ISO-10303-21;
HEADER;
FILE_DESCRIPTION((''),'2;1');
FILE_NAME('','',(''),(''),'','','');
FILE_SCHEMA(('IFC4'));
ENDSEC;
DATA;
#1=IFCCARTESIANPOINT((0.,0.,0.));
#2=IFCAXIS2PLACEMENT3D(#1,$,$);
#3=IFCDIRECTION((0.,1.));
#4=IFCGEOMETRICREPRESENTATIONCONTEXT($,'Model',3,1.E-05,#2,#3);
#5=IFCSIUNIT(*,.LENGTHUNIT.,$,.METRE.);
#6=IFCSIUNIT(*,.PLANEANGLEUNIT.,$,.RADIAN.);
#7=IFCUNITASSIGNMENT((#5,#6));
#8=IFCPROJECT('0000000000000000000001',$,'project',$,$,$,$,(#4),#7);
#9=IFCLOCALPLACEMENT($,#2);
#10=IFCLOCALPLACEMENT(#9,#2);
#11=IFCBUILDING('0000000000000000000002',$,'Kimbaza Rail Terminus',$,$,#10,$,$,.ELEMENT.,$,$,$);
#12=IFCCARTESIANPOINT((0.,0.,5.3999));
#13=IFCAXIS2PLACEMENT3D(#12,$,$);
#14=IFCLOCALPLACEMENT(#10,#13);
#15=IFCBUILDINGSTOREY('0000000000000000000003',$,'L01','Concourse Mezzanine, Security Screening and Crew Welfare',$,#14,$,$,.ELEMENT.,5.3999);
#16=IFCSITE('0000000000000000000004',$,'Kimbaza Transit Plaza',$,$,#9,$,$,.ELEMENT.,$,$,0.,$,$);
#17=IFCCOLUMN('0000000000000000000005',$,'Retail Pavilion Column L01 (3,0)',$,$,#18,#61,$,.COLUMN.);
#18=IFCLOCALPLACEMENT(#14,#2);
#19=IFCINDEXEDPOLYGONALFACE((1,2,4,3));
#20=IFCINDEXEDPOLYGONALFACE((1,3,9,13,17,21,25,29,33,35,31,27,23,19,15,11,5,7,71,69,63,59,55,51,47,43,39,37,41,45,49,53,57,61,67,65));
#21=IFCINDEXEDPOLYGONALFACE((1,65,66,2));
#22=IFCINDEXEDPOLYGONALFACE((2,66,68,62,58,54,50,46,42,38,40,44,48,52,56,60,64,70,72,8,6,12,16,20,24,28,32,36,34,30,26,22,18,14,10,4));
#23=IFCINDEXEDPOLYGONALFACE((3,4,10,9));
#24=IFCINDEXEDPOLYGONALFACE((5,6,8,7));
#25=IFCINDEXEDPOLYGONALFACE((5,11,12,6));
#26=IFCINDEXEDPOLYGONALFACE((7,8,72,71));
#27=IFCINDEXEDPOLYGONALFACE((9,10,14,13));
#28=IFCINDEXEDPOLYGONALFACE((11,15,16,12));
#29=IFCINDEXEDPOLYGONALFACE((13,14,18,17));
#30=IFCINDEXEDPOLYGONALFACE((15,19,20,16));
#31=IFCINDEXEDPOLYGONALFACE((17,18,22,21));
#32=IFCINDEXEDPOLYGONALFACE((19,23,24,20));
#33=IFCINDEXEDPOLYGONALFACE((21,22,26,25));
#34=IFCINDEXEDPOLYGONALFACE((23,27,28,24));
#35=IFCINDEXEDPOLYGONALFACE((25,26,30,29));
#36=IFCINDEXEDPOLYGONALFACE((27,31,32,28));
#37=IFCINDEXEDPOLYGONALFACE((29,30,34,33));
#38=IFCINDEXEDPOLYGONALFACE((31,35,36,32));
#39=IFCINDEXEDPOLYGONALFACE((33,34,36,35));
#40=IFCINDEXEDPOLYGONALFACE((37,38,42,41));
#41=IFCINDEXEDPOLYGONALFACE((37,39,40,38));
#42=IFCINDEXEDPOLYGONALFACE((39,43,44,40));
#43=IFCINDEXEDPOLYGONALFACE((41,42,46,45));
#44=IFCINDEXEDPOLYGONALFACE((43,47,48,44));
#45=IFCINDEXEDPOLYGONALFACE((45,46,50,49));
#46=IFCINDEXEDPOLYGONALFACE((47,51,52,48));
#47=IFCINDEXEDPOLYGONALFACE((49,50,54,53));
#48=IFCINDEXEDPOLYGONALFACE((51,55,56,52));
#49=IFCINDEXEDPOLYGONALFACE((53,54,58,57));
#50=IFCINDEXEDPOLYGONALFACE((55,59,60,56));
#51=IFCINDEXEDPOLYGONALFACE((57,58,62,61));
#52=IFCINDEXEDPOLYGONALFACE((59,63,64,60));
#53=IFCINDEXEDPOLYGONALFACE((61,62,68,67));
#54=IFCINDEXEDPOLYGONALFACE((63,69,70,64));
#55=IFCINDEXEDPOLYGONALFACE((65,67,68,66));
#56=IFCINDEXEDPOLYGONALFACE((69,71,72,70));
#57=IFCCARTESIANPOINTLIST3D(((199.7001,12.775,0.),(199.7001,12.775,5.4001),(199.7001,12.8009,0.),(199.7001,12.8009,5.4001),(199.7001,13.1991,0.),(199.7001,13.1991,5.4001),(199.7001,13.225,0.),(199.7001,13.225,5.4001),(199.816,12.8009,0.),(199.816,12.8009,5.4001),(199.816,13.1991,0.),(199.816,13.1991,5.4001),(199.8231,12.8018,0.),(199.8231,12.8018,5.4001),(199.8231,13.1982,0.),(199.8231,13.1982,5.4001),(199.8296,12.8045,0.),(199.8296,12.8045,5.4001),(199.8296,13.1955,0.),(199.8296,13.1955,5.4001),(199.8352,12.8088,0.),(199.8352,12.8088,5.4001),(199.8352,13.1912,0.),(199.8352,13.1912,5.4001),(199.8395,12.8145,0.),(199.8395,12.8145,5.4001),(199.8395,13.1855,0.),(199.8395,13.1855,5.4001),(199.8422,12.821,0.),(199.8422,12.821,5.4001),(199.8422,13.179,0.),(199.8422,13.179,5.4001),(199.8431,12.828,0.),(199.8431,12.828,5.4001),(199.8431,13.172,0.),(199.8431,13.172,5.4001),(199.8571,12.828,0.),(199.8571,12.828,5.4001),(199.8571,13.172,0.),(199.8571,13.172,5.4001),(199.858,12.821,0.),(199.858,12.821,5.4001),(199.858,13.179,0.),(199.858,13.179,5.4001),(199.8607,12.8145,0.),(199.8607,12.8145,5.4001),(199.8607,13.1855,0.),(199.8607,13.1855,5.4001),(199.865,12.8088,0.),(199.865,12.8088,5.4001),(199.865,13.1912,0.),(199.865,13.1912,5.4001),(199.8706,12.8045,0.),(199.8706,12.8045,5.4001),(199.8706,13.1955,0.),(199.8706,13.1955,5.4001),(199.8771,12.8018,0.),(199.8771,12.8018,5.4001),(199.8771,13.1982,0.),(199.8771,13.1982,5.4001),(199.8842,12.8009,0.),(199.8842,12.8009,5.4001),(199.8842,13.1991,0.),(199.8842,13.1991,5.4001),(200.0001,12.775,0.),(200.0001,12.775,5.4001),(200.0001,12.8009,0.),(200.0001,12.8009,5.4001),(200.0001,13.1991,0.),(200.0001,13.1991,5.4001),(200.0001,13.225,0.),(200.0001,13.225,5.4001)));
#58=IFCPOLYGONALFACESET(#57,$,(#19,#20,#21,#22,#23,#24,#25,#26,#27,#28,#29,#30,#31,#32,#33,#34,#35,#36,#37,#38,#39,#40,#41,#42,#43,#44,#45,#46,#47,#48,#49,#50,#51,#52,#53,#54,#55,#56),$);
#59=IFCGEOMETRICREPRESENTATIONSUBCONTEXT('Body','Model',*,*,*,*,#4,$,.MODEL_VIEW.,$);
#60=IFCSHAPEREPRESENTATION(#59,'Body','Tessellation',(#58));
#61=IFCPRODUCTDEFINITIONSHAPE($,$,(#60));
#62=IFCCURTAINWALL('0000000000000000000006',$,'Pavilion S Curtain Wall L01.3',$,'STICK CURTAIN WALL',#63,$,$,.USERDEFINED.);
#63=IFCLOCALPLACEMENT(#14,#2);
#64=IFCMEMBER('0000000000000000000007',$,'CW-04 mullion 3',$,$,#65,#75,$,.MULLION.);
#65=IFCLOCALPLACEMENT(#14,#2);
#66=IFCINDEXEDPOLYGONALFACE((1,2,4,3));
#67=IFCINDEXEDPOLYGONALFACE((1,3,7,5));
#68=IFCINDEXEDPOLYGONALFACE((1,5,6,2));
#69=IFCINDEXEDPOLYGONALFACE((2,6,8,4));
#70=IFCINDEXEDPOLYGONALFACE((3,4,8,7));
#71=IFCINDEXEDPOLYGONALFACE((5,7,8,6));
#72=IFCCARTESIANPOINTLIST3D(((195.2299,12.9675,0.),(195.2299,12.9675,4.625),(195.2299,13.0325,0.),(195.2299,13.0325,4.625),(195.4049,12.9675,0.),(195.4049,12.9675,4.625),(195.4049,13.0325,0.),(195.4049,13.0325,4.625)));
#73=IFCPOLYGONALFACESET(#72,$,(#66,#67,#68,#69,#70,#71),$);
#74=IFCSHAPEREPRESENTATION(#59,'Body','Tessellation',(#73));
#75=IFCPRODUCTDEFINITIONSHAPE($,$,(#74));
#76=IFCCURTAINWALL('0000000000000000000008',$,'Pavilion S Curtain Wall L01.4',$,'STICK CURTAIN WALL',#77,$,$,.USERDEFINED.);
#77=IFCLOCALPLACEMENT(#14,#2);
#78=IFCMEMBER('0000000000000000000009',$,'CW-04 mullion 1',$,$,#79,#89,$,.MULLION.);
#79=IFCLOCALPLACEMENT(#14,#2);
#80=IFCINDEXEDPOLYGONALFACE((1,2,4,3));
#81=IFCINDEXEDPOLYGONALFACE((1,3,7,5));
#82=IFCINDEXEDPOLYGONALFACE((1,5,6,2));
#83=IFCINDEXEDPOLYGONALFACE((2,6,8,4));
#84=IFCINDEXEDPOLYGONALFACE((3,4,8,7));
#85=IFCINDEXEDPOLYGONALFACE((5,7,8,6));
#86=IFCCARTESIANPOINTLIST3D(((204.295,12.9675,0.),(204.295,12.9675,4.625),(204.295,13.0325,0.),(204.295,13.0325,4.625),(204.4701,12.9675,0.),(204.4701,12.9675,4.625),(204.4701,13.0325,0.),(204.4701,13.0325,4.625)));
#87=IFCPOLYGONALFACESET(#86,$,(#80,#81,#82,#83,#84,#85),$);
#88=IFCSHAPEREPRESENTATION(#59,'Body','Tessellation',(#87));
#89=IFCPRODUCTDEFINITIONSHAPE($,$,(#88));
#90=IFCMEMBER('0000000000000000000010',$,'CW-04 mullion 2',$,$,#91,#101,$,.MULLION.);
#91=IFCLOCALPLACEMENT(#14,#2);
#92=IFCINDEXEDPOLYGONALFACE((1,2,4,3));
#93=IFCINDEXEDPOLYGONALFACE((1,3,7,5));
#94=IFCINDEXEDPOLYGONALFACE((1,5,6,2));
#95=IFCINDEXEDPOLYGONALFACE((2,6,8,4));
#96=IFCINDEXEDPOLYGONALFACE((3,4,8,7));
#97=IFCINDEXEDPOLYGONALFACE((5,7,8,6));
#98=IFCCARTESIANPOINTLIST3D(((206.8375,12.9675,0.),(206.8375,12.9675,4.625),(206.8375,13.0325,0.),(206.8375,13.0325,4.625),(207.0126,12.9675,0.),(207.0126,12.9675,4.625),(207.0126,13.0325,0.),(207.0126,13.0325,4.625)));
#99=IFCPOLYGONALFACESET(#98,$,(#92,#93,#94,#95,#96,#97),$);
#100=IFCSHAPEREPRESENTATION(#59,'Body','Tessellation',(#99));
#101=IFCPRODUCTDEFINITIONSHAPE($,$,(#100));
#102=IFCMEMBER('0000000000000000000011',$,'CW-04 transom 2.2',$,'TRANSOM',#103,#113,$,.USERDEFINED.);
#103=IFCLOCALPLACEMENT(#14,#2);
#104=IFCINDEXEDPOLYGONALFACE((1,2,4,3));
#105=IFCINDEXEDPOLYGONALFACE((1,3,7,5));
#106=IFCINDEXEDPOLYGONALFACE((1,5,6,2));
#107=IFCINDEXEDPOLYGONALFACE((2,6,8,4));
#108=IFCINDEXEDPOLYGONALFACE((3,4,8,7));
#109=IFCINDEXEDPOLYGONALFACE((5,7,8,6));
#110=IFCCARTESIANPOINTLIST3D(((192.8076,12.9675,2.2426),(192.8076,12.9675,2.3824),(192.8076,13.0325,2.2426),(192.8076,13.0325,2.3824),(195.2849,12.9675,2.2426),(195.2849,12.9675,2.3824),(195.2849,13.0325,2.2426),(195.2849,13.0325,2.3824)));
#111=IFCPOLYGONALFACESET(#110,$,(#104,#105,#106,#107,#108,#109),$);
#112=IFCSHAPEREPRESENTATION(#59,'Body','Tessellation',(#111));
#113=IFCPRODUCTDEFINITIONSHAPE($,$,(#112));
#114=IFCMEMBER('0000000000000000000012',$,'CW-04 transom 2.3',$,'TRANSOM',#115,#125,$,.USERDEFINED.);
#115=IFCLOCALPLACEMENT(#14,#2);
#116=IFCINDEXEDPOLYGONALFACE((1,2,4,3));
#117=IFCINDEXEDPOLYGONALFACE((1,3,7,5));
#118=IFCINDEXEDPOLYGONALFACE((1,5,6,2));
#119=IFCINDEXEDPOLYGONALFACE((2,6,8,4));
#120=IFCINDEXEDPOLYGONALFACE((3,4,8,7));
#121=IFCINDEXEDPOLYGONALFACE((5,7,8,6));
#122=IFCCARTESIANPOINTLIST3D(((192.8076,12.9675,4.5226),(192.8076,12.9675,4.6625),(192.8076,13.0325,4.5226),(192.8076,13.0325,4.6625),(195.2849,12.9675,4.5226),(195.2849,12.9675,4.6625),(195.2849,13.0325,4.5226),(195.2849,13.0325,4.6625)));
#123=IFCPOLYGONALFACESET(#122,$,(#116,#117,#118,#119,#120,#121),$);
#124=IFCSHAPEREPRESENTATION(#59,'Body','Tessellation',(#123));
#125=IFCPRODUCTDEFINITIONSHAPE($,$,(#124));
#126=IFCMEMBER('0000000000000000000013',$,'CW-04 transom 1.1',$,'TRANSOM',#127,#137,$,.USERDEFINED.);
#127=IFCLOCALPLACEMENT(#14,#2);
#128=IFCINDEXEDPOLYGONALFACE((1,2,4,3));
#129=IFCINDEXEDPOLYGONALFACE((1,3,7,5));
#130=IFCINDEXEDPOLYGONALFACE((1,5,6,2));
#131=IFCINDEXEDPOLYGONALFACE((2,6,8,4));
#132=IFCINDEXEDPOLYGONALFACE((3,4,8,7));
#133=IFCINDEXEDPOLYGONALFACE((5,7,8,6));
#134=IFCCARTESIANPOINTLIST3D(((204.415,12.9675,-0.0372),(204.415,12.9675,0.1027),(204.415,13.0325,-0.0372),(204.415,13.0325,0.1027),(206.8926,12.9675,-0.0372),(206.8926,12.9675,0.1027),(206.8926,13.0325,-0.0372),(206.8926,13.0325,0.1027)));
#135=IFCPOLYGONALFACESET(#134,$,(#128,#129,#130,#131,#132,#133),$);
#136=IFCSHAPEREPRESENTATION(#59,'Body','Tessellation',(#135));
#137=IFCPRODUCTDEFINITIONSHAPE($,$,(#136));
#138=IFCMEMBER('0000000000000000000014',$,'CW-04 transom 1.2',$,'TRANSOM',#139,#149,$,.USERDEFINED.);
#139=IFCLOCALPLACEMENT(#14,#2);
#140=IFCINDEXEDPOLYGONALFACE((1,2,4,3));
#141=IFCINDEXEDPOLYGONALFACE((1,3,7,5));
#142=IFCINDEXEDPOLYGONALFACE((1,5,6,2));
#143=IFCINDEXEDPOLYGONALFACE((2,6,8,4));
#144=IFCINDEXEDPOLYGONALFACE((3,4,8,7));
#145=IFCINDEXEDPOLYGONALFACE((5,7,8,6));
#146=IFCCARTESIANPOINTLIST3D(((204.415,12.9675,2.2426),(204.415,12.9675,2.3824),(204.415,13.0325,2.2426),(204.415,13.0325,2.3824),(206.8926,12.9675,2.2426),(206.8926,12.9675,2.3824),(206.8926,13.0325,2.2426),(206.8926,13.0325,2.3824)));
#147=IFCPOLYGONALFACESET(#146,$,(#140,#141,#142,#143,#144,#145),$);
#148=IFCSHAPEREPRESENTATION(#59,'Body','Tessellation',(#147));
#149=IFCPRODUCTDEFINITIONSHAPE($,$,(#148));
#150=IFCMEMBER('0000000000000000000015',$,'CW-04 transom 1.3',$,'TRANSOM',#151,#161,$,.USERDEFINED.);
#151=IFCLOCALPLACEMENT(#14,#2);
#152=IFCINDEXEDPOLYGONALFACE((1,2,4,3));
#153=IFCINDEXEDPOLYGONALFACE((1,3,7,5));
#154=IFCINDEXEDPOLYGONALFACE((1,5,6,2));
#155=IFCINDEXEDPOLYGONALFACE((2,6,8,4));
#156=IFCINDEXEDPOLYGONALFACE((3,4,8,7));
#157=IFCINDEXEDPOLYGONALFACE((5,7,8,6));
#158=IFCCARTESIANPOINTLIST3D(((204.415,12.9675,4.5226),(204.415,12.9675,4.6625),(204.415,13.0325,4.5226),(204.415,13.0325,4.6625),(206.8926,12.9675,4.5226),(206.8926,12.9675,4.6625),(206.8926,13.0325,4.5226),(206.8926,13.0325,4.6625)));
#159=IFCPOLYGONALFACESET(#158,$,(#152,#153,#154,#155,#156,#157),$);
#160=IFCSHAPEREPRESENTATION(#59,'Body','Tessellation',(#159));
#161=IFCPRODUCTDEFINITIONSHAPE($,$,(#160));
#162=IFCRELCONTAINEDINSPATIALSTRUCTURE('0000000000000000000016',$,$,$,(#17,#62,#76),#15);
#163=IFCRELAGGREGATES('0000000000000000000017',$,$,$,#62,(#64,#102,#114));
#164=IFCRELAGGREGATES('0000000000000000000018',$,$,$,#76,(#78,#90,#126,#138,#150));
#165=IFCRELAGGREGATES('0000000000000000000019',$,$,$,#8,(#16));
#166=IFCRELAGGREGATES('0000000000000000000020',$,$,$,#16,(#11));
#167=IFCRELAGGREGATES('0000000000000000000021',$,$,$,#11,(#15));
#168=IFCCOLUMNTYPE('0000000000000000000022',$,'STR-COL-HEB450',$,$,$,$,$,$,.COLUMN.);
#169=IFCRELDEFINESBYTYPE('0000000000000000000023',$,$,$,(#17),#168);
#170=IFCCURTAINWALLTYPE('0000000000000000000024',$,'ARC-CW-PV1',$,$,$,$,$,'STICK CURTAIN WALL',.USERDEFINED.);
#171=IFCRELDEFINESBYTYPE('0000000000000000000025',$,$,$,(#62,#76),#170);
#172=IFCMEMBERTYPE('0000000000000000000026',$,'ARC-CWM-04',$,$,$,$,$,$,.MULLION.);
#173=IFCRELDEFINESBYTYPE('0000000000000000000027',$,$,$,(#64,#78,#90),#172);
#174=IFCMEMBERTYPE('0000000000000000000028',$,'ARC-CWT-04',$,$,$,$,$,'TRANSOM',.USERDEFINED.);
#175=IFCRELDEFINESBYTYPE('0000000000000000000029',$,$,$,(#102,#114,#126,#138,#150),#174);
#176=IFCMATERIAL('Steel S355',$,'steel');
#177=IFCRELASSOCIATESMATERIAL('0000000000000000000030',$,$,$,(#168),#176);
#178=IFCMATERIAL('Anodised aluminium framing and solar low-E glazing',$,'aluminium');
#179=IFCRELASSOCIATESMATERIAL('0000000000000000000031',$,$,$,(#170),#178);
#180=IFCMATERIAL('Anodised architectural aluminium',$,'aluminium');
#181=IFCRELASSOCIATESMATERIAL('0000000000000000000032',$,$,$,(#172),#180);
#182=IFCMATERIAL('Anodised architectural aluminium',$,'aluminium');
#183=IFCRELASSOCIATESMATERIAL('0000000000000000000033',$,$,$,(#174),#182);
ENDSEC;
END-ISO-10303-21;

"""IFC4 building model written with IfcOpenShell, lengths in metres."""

from ifc_helpers import new_model, si_unit, direction, frame, origin, origin_2d, place, context, subcontext, project, spatial, rectangle, i_section, extrude, material, material_profile, profile_set, type_object, element, aggregate, save


model = new_model("IFC4")

# Units and contexts
model_context = context("Model", 3, precision=1e-05, world=origin(), true_north=direction((0.0, 1.0)))
body_context = subcontext(model_context, "Body", "Model", "MODEL_VIEW")
ifc_project = project(units=[si_unit("LENGTHUNIT", "METRE"), si_unit("PLANEANGLEUNIT", "RADIAN")], contexts=[model_context])

# Site, building, storey
site_placement = place(None, origin())
site = spatial("IfcSite", under=ifc_project, at=site_placement, Name="Kimbaza Transit Plaza", CompositionType="ELEMENT", RefElevation=0.0)
building_placement = place(site_placement, origin())
building = spatial("IfcBuilding", under=site, at=building_placement, Name="Kimbaza Rail Terminus", CompositionType="ELEMENT")
storey_placement = place(building_placement, frame((0.0, 0.0, 5.3999)))
storey = spatial("IfcBuildingStorey", under=building, at=storey_placement, Name="L01", Description="Concourse Mezzanine, Security Screening and Crew Welfare", CompositionType="ELEMENT", Elevation=5.3999)

# Column
ifc_material_1 = material(Name="Steel S355", Category="steel")
ifc_material_profile_1 = material_profile(ifc_material_1, i_section(OverallWidth=0.3, OverallDepth=0.45, WebThickness=0.0139, FlangeThickness=0.0259, FilletRadius=0.0271, at=origin_2d()), Name="HEB 450")
ifc_profile_set_1 = profile_set([ifc_material_profile_1], Name="Steel S355")
column_type = type_object("IfcColumnType", Name="STR-COL-HEB450", PredefinedType="COLUMN", material=ifc_profile_set_1)
column_placement = place(storey_placement, frame((199.8501, 13.0, 0.0), z_axis=(0.0, 0.0, 1.0), x_axis=(1.0, 0.0, 0.0)))
element("IfcColumn", 1, at=column_placement, inside=storey, type_object=column_type, Name="Retail Pavilion Column L01 (3,0)", PredefinedType="COLUMN", context=body_context, shape_type="SweptSolid", body=[
    extrude(i_section(OverallWidth=0.3, OverallDepth=0.45, WebThickness=0.0139, FlangeThickness=0.0259, FilletRadius=0.0271, at=origin_2d()), origin(), (0.0, 0.0, 1.0), 5.4001),
])

# Curtain wall, member
ifc_material_2 = material(Name="Anodised aluminium framing and solar low-E glazing", Category="aluminium")
curtain_wall_type = type_object("IfcCurtainWallType", Name="ARC-CW-PV1", ElementType="STICK CURTAIN WALL", PredefinedType="USERDEFINED", material=ifc_material_2)
curtain_wall_1_placement = place(storey_placement, origin())
curtain_wall_1 = element("IfcCurtainWall", 2, at=curtain_wall_1_placement, inside=storey, type_object=curtain_wall_type, Name="Pavilion S Curtain Wall L01.3", ObjectType="STICK CURTAIN WALL", PredefinedType="USERDEFINED")
ifc_material_3 = material(Name="Anodised architectural aluminium", Category="aluminium")
ifc_material_profile_2 = material_profile(ifc_material_3, rectangle(XDim=0.0649, YDim=0.175, at=origin_2d()), Name="MULLION 65x175")
ifc_profile_set_2 = profile_set([ifc_material_profile_2], Name="Anodised architectural aluminium")
member_type_1 = type_object("IfcMemberType", Name="ARC-CWM-04", PredefinedType="MULLION", material=ifc_profile_set_2)
member_1_placement = place(storey_placement, frame((195.3174, 13.0, 0.0), z_axis=(0.0, 0.0, 1.0), x_axis=(0.0, 1.0, 0.0)))
member_1 = element("IfcMember", 3, at=member_1_placement, type_object=member_type_1, Name="CW-04 mullion 3", PredefinedType="MULLION", context=body_context, shape_type="SweptSolid", body=[
    extrude(rectangle(XDim=0.0649, YDim=0.175, at=origin_2d()), origin(), (0.0, 0.0, 1.0), 4.625),
])

# Curtain wall, members
curtain_wall_2_placement = place(storey_placement, origin())
curtain_wall_2 = element("IfcCurtainWall", 4, at=curtain_wall_2_placement, inside=storey, type_object=curtain_wall_type, Name="Pavilion S Curtain Wall L01.4", ObjectType="STICK CURTAIN WALL", PredefinedType="USERDEFINED")
member_2_placement = place(storey_placement, frame((204.3826, 13.0, 0.0), z_axis=(0.0, 0.0, 1.0), x_axis=(0.0, 1.0, 0.0)))
member_2 = element("IfcMember", 5, at=member_2_placement, type_object=member_type_1, Name="CW-04 mullion 1", PredefinedType="MULLION", context=body_context, shape_type="SweptSolid", body=[
    extrude(rectangle(XDim=0.0649, YDim=0.175, at=origin_2d()), origin(), (0.0, 0.0, 1.0), 4.625),
])
member_3_placement = place(storey_placement, frame((206.925, 13.0, 0.0), z_axis=(0.0, 0.0, 1.0), x_axis=(0.0, 1.0, 0.0)))
member_3 = element("IfcMember", 6, at=member_3_placement, type_object=member_type_1, Name="CW-04 mullion 2", PredefinedType="MULLION", context=body_context, shape_type="SweptSolid", body=[
    extrude(rectangle(XDim=0.0649, YDim=0.175, at=origin_2d()), origin(), (0.0, 0.0, 1.0), 4.625),
])

# Members
ifc_material_4 = material(Name="Anodised architectural aluminium", Category="aluminium")
ifc_material_profile_3 = material_profile(ifc_material_4, rectangle(XDim=0.0649, YDim=0.1399, at=origin_2d()), Name="TRANSOM 65x140")
ifc_profile_set_3 = profile_set([ifc_material_profile_3], Name="Anodised architectural aluminium")
member_type_2 = type_object("IfcMemberType", Name="ARC-CWT-04", ElementType="TRANSOM", PredefinedType="USERDEFINED", material=ifc_profile_set_3)
member_4_placement = place(storey_placement, frame((192.8076, 13.0, 2.3125), z_axis=(1.0, 0.0, 0.0), x_axis=(0.0, 1.0, 0.0)))
member_4 = element("IfcMember", 7, at=member_4_placement, type_object=member_type_2, Name="CW-04 transom 2.2", ObjectType="TRANSOM", PredefinedType="USERDEFINED", context=body_context, shape_type="SweptSolid", body=[
    extrude(rectangle(XDim=0.0649, YDim=0.1399, at=origin_2d()), origin(), (0.0, 0.0, 1.0), 2.4773),
])
member_5_placement = place(storey_placement, frame((192.8076, 13.0, 4.5925), z_axis=(1.0, 0.0, 0.0), x_axis=(0.0, 1.0, 0.0)))
member_5 = element("IfcMember", 8, at=member_5_placement, type_object=member_type_2, Name="CW-04 transom 2.3", ObjectType="TRANSOM", PredefinedType="USERDEFINED", context=body_context, shape_type="SweptSolid", body=[
    extrude(rectangle(XDim=0.0649, YDim=0.1399, at=origin_2d()), origin(), (0.0, 0.0, 1.0), 2.4773),
])
member_6_placement = place(storey_placement, frame((204.415, 13.0, 0.0327), z_axis=(1.0, 0.0, 0.0), x_axis=(0.0, 1.0, 0.0)))
member_6 = element("IfcMember", 9, at=member_6_placement, type_object=member_type_2, Name="CW-04 transom 1.1", ObjectType="TRANSOM", PredefinedType="USERDEFINED", context=body_context, shape_type="SweptSolid", body=[
    extrude(rectangle(XDim=0.0649, YDim=0.1399, at=origin_2d()), origin(), (0.0, 0.0, 1.0), 2.4775),
])
member_7_placement = place(storey_placement, frame((204.415, 13.0, 2.3125), z_axis=(1.0, 0.0, 0.0), x_axis=(0.0, 1.0, 0.0)))
member_7 = element("IfcMember", 10, at=member_7_placement, type_object=member_type_2, Name="CW-04 transom 1.2", ObjectType="TRANSOM", PredefinedType="USERDEFINED", context=body_context, shape_type="SweptSolid", body=[
    extrude(rectangle(XDim=0.0649, YDim=0.1399, at=origin_2d()), origin(), (0.0, 0.0, 1.0), 2.4775),
])
member_8_placement = place(storey_placement, frame((204.415, 13.0, 4.5925), z_axis=(1.0, 0.0, 0.0), x_axis=(0.0, 1.0, 0.0)))
member_8 = element("IfcMember", 11, at=member_8_placement, type_object=member_type_2, Name="CW-04 transom 1.3", ObjectType="TRANSOM", PredefinedType="USERDEFINED", context=body_context, shape_type="SweptSolid", body=[
    extrude(rectangle(XDim=0.0649, YDim=0.1399, at=origin_2d()), origin(), (0.0, 0.0, 1.0), 2.4775),
])

aggregate(curtain_wall_1, [member_1, member_4, member_5])
aggregate(curtain_wall_2, [member_2, member_3, member_6, member_7, member_8])

save(model, "model.ifc")
